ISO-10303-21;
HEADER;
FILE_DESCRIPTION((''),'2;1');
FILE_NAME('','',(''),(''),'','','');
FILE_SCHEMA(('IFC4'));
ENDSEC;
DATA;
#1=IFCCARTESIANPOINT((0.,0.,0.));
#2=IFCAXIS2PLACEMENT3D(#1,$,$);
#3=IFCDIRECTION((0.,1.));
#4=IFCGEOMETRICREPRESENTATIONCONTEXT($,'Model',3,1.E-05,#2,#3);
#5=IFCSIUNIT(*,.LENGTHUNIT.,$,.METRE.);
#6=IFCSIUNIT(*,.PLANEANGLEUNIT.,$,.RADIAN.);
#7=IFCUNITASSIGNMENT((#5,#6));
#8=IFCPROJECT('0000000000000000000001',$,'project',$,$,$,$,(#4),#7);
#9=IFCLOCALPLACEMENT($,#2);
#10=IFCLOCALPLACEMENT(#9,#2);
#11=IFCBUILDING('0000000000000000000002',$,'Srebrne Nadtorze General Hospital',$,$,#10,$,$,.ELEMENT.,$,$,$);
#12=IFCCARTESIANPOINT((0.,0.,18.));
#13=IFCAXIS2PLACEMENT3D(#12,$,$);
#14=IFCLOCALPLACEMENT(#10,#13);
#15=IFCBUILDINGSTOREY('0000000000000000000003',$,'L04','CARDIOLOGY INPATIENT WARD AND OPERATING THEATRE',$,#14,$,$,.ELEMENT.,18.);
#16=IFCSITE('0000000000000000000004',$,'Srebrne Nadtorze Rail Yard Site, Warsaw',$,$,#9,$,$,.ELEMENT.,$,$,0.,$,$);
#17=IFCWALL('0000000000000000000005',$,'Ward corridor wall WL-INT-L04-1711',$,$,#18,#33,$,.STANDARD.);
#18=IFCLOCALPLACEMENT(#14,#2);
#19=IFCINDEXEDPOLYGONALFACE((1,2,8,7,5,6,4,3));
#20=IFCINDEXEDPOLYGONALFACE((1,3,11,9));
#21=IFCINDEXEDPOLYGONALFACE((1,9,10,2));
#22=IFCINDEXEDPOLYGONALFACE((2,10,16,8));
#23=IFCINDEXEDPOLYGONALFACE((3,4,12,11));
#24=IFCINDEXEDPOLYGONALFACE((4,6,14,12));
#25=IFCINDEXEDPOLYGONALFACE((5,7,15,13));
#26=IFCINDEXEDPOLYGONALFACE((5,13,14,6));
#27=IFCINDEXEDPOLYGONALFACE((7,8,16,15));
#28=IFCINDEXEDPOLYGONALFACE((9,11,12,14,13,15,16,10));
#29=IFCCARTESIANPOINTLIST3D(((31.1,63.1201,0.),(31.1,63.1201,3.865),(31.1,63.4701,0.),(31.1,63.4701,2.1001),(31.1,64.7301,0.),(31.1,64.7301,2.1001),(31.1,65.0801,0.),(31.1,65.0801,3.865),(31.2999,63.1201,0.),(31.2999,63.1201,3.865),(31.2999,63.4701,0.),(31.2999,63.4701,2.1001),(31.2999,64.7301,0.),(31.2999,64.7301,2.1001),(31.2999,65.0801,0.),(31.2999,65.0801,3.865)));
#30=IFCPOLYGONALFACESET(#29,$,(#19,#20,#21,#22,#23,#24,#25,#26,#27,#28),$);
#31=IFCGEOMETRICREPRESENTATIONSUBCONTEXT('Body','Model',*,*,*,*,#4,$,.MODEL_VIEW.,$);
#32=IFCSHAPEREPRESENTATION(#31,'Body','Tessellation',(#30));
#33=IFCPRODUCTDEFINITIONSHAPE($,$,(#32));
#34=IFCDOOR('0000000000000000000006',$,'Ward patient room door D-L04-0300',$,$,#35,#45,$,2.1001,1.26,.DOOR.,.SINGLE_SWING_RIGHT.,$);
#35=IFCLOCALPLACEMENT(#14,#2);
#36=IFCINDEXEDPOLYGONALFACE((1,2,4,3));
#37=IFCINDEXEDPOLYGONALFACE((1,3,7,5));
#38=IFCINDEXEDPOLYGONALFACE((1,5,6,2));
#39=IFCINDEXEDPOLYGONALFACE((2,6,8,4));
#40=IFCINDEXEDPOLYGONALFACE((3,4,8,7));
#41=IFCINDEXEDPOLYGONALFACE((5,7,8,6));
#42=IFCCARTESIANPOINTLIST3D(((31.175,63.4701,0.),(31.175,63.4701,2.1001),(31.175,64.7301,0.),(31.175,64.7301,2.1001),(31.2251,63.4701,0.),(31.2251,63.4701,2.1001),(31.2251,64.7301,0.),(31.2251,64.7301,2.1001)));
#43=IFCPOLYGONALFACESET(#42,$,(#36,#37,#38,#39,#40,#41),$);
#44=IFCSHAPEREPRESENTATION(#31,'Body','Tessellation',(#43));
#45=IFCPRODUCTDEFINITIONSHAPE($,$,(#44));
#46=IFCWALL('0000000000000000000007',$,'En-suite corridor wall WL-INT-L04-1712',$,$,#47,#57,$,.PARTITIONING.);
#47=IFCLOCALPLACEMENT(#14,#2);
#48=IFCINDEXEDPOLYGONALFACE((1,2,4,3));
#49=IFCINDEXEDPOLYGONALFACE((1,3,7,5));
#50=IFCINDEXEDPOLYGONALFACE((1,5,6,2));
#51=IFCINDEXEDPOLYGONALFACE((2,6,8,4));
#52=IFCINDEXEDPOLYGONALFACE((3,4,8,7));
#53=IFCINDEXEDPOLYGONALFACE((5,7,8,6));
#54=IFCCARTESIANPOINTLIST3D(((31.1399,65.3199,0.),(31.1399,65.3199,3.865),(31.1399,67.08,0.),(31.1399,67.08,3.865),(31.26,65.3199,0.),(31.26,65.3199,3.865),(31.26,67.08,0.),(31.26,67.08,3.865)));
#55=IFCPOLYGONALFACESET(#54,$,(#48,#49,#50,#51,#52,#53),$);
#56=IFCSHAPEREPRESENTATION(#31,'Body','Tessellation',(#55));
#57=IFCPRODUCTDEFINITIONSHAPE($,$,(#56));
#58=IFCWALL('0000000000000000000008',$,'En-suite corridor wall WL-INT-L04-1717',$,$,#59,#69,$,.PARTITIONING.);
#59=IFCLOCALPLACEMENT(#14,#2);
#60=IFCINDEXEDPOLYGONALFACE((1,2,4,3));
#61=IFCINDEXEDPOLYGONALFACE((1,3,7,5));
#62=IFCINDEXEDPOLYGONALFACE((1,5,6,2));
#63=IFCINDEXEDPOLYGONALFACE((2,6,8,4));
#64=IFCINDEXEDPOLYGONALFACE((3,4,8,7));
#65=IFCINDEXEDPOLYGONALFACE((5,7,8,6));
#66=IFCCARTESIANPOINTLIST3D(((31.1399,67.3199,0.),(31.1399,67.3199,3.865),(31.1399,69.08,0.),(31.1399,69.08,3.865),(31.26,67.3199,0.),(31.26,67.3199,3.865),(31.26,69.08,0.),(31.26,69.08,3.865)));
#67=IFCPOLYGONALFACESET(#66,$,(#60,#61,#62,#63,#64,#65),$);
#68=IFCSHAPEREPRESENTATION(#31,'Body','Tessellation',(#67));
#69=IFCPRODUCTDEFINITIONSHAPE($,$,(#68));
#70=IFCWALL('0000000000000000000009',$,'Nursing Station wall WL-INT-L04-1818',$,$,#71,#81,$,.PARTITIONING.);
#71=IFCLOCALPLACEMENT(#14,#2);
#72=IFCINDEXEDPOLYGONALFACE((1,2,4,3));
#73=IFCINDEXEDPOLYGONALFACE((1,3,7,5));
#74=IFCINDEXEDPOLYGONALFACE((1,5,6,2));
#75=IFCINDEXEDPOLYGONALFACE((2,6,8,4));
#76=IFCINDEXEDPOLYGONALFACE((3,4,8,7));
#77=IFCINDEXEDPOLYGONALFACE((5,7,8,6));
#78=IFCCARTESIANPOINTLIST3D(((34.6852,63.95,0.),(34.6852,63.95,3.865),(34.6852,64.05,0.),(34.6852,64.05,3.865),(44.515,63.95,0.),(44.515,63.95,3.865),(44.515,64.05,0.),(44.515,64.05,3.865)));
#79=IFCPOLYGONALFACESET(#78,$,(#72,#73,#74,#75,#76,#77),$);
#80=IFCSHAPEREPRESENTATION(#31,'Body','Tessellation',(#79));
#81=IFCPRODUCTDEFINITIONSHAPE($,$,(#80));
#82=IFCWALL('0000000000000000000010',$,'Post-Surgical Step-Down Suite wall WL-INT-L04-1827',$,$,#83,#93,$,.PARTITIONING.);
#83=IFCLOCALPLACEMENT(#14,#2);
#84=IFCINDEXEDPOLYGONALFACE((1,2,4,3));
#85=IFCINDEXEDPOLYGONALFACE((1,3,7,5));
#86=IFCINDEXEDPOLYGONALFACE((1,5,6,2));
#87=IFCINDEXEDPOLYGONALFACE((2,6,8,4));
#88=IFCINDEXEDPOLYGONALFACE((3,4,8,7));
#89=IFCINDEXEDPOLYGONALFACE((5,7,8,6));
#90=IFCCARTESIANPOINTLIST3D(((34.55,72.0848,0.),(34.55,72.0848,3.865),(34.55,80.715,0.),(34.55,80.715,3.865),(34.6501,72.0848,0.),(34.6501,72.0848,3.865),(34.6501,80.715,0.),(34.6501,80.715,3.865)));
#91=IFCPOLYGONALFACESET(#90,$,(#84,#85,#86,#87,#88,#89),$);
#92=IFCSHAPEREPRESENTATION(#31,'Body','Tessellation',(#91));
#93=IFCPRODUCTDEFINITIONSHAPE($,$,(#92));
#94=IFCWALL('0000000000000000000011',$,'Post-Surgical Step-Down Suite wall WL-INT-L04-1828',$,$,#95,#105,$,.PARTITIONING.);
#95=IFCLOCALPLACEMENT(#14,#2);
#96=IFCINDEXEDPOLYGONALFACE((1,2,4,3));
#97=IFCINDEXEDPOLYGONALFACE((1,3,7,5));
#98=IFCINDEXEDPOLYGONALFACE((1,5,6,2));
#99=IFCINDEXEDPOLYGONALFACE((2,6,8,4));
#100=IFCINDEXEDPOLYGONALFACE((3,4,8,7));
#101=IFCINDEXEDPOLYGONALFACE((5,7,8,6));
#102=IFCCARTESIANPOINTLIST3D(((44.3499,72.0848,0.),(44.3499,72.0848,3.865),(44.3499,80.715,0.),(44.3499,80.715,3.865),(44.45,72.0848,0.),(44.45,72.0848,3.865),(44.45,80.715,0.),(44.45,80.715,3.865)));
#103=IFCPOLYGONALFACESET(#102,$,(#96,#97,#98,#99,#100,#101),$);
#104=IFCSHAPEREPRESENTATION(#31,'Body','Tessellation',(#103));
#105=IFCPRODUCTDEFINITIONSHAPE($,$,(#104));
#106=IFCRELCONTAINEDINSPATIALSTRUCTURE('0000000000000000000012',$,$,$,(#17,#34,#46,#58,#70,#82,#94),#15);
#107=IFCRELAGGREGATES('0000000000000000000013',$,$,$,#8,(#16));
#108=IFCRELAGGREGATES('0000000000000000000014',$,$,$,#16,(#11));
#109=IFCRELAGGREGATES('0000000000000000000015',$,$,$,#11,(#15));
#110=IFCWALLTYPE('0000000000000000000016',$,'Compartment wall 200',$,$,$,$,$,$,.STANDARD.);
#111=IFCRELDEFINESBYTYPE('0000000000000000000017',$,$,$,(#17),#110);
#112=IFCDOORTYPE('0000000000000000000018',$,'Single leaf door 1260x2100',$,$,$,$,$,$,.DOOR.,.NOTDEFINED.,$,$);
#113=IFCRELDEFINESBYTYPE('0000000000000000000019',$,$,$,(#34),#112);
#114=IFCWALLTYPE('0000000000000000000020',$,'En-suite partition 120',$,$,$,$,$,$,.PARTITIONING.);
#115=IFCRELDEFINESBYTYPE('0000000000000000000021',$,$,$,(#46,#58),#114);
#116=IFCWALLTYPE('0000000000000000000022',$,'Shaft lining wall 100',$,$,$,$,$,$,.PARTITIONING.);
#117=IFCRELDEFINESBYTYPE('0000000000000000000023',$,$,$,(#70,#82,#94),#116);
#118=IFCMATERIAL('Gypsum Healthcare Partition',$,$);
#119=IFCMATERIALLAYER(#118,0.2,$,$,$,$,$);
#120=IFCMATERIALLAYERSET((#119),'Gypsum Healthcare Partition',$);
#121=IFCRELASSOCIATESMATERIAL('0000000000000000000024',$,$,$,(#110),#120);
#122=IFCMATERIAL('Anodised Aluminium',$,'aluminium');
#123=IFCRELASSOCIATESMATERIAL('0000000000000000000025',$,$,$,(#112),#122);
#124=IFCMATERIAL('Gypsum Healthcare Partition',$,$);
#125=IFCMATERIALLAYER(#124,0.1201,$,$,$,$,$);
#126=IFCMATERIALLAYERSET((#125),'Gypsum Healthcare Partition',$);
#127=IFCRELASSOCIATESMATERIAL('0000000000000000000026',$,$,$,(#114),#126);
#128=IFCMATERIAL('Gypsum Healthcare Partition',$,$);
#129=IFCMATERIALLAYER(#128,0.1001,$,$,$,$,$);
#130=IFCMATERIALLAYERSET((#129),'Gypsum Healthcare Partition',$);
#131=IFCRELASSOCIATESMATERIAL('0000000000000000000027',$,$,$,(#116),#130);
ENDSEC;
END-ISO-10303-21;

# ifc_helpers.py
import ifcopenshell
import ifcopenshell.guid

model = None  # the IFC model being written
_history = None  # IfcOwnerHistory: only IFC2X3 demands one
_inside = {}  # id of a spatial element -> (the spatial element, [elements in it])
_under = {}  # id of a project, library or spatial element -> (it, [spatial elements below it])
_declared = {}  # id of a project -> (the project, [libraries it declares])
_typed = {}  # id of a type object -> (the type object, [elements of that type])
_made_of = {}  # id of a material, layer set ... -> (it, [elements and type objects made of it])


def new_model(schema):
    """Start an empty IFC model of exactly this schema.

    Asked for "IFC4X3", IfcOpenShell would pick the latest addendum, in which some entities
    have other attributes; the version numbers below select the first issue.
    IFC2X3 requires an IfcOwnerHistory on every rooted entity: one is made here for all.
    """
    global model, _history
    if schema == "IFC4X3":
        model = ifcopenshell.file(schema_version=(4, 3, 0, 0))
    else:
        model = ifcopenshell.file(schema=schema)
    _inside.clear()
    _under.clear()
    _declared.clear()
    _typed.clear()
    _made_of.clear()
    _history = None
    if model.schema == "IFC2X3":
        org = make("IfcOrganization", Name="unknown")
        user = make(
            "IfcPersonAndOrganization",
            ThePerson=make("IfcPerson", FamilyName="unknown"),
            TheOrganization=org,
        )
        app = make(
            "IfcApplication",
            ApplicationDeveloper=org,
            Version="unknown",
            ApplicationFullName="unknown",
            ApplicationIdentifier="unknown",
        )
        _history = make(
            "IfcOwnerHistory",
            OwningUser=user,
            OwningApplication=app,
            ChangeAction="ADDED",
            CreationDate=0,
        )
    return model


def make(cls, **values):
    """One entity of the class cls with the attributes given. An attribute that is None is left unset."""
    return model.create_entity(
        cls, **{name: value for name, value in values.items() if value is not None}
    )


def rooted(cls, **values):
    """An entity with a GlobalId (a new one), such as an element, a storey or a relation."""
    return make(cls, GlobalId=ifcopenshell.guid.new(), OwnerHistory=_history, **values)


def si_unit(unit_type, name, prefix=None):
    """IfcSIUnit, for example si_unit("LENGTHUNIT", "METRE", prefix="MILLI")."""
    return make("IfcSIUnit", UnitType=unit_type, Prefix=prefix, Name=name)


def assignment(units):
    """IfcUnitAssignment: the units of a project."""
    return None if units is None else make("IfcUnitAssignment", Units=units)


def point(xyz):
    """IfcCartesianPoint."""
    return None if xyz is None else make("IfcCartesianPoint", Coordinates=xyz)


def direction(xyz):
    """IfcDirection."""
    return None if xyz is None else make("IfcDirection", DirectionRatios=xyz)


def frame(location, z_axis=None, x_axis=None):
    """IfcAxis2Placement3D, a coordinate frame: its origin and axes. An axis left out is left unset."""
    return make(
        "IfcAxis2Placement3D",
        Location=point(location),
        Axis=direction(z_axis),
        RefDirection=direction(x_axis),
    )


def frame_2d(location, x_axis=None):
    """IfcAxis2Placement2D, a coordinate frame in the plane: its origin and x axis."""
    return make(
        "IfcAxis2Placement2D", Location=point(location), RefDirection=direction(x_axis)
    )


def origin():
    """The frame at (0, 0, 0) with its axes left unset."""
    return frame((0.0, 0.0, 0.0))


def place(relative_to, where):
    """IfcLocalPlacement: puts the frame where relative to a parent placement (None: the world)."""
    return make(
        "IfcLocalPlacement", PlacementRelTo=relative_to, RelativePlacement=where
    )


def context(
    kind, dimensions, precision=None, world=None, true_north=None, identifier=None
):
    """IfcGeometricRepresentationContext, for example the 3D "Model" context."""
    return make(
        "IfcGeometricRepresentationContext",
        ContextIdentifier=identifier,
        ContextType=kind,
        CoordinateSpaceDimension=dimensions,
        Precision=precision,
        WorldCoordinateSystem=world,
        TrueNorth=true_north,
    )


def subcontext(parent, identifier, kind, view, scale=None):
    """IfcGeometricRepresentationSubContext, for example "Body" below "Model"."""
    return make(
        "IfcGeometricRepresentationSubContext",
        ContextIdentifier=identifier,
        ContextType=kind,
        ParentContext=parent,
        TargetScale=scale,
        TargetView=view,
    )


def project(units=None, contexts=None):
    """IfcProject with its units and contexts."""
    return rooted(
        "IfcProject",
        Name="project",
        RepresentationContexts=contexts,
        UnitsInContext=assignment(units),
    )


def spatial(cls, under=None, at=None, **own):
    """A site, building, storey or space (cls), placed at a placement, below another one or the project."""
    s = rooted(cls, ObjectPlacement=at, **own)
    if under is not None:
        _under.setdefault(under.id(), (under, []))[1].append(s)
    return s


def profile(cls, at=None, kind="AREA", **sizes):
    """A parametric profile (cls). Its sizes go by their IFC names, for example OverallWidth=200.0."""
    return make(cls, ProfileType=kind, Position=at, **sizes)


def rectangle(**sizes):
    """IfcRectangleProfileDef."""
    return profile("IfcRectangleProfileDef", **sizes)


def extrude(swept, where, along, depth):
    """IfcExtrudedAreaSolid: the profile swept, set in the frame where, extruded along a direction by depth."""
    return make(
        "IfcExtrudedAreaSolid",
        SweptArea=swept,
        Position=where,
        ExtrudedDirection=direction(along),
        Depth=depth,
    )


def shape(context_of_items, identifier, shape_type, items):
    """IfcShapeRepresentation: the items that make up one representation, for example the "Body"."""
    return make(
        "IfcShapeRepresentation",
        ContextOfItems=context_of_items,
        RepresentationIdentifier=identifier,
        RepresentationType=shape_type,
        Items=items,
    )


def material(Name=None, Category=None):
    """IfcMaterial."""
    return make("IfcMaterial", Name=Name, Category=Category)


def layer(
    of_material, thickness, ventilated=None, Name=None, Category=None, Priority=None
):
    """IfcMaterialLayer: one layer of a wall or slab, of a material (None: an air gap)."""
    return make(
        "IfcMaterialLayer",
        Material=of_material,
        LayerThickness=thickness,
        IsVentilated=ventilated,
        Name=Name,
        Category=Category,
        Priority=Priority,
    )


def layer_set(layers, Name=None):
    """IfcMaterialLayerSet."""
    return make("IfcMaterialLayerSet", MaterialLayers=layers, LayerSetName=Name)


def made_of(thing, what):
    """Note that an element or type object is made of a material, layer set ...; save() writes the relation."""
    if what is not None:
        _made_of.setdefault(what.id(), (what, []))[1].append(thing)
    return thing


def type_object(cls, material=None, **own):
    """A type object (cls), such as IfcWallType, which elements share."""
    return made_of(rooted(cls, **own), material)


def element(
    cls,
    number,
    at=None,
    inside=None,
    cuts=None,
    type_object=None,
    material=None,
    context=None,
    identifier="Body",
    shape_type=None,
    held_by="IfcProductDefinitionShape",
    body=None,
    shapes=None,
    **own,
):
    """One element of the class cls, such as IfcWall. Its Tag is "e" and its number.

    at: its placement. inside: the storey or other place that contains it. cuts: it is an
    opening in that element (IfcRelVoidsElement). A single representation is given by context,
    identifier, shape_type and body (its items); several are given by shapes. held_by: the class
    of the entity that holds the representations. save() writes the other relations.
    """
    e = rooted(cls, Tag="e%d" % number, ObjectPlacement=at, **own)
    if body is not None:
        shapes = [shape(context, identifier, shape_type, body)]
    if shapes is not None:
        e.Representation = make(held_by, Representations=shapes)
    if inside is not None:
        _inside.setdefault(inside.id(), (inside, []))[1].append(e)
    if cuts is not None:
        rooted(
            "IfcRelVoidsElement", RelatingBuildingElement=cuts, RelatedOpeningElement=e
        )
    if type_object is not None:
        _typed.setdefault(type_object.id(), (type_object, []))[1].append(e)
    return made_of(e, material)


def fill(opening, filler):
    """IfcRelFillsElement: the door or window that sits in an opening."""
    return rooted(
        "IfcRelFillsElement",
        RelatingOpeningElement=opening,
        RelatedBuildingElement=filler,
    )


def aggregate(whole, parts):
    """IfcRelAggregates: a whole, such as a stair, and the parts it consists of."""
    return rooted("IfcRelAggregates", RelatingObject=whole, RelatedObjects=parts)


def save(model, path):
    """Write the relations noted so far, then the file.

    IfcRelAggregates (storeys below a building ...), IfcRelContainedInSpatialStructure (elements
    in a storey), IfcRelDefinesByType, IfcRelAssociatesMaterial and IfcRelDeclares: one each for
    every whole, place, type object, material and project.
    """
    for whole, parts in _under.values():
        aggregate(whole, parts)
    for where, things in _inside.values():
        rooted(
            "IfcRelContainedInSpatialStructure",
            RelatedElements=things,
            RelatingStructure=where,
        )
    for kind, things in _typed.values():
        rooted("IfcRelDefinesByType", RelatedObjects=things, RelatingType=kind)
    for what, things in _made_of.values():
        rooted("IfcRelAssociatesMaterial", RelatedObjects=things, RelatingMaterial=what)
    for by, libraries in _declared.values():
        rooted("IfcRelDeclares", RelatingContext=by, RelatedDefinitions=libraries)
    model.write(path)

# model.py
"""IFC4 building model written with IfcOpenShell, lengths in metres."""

from ifc_helpers import new_model, si_unit, direction, frame, frame_2d, origin, place, context, subcontext, project, spatial, rectangle, extrude, material, layer, layer_set, type_object, element, fill, save


model = new_model("IFC4")

# Units and contexts
model_context = context("Model", 3, precision=1e-05, world=origin(), true_north=direction((0.0, 1.0)))
body_context = subcontext(model_context, "Body", "Model", "MODEL_VIEW")
ifc_project = project(units=[si_unit("LENGTHUNIT", "METRE"), si_unit("PLANEANGLEUNIT", "RADIAN")], contexts=[model_context])

# Site, building, storey
site_placement = place(None, origin())
site = spatial("IfcSite", under=ifc_project, at=site_placement, Name="Srebrne Nadtorze Rail Yard Site, Warsaw", CompositionType="ELEMENT", RefElevation=0.0)
building_placement = place(site_placement, origin())
building = spatial("IfcBuilding", under=site, at=building_placement, Name="Srebrne Nadtorze General Hospital", CompositionType="ELEMENT")
storey_placement = place(building_placement, frame((0.0, 0.0, 18.0)))
storey = spatial("IfcBuildingStorey", under=building, at=storey_placement, Name="L04", Description="CARDIOLOGY INPATIENT WARD AND OPERATING THEATRE", CompositionType="ELEMENT", Elevation=18.0)

# Wall, opening, door
ifc_material_1 = material(Name="Gypsum Healthcare Partition")
ifc_layer_1 = layer(ifc_material_1, 0.2)
ifc_layer_set_1 = layer_set([ifc_layer_1], Name="Gypsum Healthcare Partition")
wall_type_1 = type_object("IfcWallType", Name="Compartment wall 200", PredefinedType="STANDARD", material=ifc_layer_set_1)
wall_1_placement = place(storey_placement, frame((31.2, 63.1201, 0.0), z_axis=(0.0, 0.0, 1.0), x_axis=(0.0, 1.0, 0.0)))
wall_1 = element("IfcWall", 1, at=wall_1_placement, inside=storey, type_object=wall_type_1, Name="Ward corridor wall WL-INT-L04-1711", PredefinedType="STANDARD", context=body_context, shape_type="SweptSolid", body=[
    extrude(rectangle(XDim=1.96, YDim=0.2, at=frame_2d((0.98, 0.0))), origin(), (0.0, 0.0, 1.0), 3.865),
])
opening_1_placement = place(wall_1_placement, frame((0.3501, 0.0, 0.0)))
opening_1 = element("IfcOpeningElement", 2, at=opening_1_placement, cuts=wall_1, PredefinedType="OPENING", context=body_context, shape_type="SweptSolid", body=[
    extrude(rectangle(XDim=1.26, YDim=2.1001, at=frame_2d((0.6299, 1.05))), frame((0.0, 0.1118, 0.0), z_axis=(0.0, -1.0, 0.0), x_axis=(1.0, 0.0, 0.0)), (0.0, 0.0, 1.0), 0.2239),
])
ifc_material_2 = material(Name="Anodised Aluminium", Category="aluminium")
door_type_1 = type_object("IfcDoorType", Name="Single leaf door 1260x2100", OperationType="NOTDEFINED", PredefinedType="DOOR", material=ifc_material_2)
door_1_placement = place(opening_1_placement, origin())
door_1 = element("IfcDoor", 3, at=door_1_placement, inside=storey, type_object=door_type_1, Name="Ward patient room door D-L04-0300", OperationType="SINGLE_SWING_RIGHT", OverallHeight=2.1001, OverallWidth=1.26, PredefinedType="DOOR", context=body_context, shape_type="SweptSolid", body=[
    extrude(rectangle(XDim=1.26, YDim=2.1001, at=frame_2d((0.6299, 1.05))), frame((0.0, 0.0249, 0.0), z_axis=(0.0, -1.0, 0.0), x_axis=(1.0, 0.0, 0.0)), (0.0, 0.0, 1.0), 0.05),
])
fill(opening_1, door_1)

# Walls
ifc_material_3 = material(Name="Gypsum Healthcare Partition")
ifc_layer_2 = layer(ifc_material_3, 0.1201)
ifc_layer_set_2 = layer_set([ifc_layer_2], Name="Gypsum Healthcare Partition")
wall_type_2 = type_object("IfcWallType", Name="En-suite partition 120", PredefinedType="PARTITIONING", material=ifc_layer_set_2)
for number, where, z_axis, x_axis, name in (
    (4, (31.2, 65.3201, 0.0), (0.0, 0.0, 1.0), (0.0, 1.0, 0.0), "En-suite corridor wall WL-INT-L04-1712"),
    (5, (31.2, 67.3201, 0.0), (0.0, 0.0, 1.0), (0.0, 1.0, 0.0), "En-suite corridor wall WL-INT-L04-1717"),
):
    element("IfcWall", number, at=place(storey_placement, frame(where, z_axis=z_axis, x_axis=x_axis)), inside=storey, type_object=wall_type_2, Name=name, PredefinedType="PARTITIONING", context=body_context, shape_type="SweptSolid", body=[
        extrude(rectangle(XDim=1.76, YDim=0.1201, at=frame_2d((0.8799, 0.0))), origin(), (0.0, 0.0, 1.0), 3.865),
    ])
ifc_material_4 = material(Name="Gypsum Healthcare Partition")
ifc_layer_3 = layer(ifc_material_4, 0.1001)
ifc_layer_set_3 = layer_set([ifc_layer_3], Name="Gypsum Healthcare Partition")
wall_type_3 = type_object("IfcWallType", Name="Shaft lining wall 100", PredefinedType="PARTITIONING", material=ifc_layer_set_3)
wall_2_placement = place(storey_placement, frame((34.6851, 64.0, 0.0), z_axis=(0.0, 0.0, 1.0), x_axis=(1.0, 0.0, 0.0)))
element("IfcWall", 6, at=wall_2_placement, inside=storey, type_object=wall_type_3, Name="Nursing Station wall WL-INT-L04-1818", PredefinedType="PARTITIONING", context=body_context, shape_type="SweptSolid", body=[
    extrude(rectangle(XDim=9.8298, YDim=0.1001, at=frame_2d((4.915, 0.0))), origin(), (0.0, 0.0, 1.0), 3.865),
])
for number, where, z_axis, x_axis, name in (
    (7, (34.6001, 72.085, 0.0), (0.0, 0.0, 1.0), (0.0, 1.0, 0.0), "Post-Surgical Step-Down Suite wall WL-INT-L04-1827"),
    (8, (44.3999, 72.085, 0.0), (0.0, 0.0, 1.0), (0.0, 1.0, 0.0), "Post-Surgical Step-Down Suite wall WL-INT-L04-1828"),
):
    element("IfcWall", number, at=place(storey_placement, frame(where, z_axis=z_axis, x_axis=x_axis)), inside=storey, type_object=wall_type_3, Name=name, PredefinedType="PARTITIONING", context=body_context, shape_type="SweptSolid", body=[
        extrude(rectangle(XDim=8.6301, YDim=0.1001, at=frame_2d((4.3149, 0.0))), origin(), (0.0, 0.0, 1.0), 3.865),
    ])

save(model, "model.ifc")
